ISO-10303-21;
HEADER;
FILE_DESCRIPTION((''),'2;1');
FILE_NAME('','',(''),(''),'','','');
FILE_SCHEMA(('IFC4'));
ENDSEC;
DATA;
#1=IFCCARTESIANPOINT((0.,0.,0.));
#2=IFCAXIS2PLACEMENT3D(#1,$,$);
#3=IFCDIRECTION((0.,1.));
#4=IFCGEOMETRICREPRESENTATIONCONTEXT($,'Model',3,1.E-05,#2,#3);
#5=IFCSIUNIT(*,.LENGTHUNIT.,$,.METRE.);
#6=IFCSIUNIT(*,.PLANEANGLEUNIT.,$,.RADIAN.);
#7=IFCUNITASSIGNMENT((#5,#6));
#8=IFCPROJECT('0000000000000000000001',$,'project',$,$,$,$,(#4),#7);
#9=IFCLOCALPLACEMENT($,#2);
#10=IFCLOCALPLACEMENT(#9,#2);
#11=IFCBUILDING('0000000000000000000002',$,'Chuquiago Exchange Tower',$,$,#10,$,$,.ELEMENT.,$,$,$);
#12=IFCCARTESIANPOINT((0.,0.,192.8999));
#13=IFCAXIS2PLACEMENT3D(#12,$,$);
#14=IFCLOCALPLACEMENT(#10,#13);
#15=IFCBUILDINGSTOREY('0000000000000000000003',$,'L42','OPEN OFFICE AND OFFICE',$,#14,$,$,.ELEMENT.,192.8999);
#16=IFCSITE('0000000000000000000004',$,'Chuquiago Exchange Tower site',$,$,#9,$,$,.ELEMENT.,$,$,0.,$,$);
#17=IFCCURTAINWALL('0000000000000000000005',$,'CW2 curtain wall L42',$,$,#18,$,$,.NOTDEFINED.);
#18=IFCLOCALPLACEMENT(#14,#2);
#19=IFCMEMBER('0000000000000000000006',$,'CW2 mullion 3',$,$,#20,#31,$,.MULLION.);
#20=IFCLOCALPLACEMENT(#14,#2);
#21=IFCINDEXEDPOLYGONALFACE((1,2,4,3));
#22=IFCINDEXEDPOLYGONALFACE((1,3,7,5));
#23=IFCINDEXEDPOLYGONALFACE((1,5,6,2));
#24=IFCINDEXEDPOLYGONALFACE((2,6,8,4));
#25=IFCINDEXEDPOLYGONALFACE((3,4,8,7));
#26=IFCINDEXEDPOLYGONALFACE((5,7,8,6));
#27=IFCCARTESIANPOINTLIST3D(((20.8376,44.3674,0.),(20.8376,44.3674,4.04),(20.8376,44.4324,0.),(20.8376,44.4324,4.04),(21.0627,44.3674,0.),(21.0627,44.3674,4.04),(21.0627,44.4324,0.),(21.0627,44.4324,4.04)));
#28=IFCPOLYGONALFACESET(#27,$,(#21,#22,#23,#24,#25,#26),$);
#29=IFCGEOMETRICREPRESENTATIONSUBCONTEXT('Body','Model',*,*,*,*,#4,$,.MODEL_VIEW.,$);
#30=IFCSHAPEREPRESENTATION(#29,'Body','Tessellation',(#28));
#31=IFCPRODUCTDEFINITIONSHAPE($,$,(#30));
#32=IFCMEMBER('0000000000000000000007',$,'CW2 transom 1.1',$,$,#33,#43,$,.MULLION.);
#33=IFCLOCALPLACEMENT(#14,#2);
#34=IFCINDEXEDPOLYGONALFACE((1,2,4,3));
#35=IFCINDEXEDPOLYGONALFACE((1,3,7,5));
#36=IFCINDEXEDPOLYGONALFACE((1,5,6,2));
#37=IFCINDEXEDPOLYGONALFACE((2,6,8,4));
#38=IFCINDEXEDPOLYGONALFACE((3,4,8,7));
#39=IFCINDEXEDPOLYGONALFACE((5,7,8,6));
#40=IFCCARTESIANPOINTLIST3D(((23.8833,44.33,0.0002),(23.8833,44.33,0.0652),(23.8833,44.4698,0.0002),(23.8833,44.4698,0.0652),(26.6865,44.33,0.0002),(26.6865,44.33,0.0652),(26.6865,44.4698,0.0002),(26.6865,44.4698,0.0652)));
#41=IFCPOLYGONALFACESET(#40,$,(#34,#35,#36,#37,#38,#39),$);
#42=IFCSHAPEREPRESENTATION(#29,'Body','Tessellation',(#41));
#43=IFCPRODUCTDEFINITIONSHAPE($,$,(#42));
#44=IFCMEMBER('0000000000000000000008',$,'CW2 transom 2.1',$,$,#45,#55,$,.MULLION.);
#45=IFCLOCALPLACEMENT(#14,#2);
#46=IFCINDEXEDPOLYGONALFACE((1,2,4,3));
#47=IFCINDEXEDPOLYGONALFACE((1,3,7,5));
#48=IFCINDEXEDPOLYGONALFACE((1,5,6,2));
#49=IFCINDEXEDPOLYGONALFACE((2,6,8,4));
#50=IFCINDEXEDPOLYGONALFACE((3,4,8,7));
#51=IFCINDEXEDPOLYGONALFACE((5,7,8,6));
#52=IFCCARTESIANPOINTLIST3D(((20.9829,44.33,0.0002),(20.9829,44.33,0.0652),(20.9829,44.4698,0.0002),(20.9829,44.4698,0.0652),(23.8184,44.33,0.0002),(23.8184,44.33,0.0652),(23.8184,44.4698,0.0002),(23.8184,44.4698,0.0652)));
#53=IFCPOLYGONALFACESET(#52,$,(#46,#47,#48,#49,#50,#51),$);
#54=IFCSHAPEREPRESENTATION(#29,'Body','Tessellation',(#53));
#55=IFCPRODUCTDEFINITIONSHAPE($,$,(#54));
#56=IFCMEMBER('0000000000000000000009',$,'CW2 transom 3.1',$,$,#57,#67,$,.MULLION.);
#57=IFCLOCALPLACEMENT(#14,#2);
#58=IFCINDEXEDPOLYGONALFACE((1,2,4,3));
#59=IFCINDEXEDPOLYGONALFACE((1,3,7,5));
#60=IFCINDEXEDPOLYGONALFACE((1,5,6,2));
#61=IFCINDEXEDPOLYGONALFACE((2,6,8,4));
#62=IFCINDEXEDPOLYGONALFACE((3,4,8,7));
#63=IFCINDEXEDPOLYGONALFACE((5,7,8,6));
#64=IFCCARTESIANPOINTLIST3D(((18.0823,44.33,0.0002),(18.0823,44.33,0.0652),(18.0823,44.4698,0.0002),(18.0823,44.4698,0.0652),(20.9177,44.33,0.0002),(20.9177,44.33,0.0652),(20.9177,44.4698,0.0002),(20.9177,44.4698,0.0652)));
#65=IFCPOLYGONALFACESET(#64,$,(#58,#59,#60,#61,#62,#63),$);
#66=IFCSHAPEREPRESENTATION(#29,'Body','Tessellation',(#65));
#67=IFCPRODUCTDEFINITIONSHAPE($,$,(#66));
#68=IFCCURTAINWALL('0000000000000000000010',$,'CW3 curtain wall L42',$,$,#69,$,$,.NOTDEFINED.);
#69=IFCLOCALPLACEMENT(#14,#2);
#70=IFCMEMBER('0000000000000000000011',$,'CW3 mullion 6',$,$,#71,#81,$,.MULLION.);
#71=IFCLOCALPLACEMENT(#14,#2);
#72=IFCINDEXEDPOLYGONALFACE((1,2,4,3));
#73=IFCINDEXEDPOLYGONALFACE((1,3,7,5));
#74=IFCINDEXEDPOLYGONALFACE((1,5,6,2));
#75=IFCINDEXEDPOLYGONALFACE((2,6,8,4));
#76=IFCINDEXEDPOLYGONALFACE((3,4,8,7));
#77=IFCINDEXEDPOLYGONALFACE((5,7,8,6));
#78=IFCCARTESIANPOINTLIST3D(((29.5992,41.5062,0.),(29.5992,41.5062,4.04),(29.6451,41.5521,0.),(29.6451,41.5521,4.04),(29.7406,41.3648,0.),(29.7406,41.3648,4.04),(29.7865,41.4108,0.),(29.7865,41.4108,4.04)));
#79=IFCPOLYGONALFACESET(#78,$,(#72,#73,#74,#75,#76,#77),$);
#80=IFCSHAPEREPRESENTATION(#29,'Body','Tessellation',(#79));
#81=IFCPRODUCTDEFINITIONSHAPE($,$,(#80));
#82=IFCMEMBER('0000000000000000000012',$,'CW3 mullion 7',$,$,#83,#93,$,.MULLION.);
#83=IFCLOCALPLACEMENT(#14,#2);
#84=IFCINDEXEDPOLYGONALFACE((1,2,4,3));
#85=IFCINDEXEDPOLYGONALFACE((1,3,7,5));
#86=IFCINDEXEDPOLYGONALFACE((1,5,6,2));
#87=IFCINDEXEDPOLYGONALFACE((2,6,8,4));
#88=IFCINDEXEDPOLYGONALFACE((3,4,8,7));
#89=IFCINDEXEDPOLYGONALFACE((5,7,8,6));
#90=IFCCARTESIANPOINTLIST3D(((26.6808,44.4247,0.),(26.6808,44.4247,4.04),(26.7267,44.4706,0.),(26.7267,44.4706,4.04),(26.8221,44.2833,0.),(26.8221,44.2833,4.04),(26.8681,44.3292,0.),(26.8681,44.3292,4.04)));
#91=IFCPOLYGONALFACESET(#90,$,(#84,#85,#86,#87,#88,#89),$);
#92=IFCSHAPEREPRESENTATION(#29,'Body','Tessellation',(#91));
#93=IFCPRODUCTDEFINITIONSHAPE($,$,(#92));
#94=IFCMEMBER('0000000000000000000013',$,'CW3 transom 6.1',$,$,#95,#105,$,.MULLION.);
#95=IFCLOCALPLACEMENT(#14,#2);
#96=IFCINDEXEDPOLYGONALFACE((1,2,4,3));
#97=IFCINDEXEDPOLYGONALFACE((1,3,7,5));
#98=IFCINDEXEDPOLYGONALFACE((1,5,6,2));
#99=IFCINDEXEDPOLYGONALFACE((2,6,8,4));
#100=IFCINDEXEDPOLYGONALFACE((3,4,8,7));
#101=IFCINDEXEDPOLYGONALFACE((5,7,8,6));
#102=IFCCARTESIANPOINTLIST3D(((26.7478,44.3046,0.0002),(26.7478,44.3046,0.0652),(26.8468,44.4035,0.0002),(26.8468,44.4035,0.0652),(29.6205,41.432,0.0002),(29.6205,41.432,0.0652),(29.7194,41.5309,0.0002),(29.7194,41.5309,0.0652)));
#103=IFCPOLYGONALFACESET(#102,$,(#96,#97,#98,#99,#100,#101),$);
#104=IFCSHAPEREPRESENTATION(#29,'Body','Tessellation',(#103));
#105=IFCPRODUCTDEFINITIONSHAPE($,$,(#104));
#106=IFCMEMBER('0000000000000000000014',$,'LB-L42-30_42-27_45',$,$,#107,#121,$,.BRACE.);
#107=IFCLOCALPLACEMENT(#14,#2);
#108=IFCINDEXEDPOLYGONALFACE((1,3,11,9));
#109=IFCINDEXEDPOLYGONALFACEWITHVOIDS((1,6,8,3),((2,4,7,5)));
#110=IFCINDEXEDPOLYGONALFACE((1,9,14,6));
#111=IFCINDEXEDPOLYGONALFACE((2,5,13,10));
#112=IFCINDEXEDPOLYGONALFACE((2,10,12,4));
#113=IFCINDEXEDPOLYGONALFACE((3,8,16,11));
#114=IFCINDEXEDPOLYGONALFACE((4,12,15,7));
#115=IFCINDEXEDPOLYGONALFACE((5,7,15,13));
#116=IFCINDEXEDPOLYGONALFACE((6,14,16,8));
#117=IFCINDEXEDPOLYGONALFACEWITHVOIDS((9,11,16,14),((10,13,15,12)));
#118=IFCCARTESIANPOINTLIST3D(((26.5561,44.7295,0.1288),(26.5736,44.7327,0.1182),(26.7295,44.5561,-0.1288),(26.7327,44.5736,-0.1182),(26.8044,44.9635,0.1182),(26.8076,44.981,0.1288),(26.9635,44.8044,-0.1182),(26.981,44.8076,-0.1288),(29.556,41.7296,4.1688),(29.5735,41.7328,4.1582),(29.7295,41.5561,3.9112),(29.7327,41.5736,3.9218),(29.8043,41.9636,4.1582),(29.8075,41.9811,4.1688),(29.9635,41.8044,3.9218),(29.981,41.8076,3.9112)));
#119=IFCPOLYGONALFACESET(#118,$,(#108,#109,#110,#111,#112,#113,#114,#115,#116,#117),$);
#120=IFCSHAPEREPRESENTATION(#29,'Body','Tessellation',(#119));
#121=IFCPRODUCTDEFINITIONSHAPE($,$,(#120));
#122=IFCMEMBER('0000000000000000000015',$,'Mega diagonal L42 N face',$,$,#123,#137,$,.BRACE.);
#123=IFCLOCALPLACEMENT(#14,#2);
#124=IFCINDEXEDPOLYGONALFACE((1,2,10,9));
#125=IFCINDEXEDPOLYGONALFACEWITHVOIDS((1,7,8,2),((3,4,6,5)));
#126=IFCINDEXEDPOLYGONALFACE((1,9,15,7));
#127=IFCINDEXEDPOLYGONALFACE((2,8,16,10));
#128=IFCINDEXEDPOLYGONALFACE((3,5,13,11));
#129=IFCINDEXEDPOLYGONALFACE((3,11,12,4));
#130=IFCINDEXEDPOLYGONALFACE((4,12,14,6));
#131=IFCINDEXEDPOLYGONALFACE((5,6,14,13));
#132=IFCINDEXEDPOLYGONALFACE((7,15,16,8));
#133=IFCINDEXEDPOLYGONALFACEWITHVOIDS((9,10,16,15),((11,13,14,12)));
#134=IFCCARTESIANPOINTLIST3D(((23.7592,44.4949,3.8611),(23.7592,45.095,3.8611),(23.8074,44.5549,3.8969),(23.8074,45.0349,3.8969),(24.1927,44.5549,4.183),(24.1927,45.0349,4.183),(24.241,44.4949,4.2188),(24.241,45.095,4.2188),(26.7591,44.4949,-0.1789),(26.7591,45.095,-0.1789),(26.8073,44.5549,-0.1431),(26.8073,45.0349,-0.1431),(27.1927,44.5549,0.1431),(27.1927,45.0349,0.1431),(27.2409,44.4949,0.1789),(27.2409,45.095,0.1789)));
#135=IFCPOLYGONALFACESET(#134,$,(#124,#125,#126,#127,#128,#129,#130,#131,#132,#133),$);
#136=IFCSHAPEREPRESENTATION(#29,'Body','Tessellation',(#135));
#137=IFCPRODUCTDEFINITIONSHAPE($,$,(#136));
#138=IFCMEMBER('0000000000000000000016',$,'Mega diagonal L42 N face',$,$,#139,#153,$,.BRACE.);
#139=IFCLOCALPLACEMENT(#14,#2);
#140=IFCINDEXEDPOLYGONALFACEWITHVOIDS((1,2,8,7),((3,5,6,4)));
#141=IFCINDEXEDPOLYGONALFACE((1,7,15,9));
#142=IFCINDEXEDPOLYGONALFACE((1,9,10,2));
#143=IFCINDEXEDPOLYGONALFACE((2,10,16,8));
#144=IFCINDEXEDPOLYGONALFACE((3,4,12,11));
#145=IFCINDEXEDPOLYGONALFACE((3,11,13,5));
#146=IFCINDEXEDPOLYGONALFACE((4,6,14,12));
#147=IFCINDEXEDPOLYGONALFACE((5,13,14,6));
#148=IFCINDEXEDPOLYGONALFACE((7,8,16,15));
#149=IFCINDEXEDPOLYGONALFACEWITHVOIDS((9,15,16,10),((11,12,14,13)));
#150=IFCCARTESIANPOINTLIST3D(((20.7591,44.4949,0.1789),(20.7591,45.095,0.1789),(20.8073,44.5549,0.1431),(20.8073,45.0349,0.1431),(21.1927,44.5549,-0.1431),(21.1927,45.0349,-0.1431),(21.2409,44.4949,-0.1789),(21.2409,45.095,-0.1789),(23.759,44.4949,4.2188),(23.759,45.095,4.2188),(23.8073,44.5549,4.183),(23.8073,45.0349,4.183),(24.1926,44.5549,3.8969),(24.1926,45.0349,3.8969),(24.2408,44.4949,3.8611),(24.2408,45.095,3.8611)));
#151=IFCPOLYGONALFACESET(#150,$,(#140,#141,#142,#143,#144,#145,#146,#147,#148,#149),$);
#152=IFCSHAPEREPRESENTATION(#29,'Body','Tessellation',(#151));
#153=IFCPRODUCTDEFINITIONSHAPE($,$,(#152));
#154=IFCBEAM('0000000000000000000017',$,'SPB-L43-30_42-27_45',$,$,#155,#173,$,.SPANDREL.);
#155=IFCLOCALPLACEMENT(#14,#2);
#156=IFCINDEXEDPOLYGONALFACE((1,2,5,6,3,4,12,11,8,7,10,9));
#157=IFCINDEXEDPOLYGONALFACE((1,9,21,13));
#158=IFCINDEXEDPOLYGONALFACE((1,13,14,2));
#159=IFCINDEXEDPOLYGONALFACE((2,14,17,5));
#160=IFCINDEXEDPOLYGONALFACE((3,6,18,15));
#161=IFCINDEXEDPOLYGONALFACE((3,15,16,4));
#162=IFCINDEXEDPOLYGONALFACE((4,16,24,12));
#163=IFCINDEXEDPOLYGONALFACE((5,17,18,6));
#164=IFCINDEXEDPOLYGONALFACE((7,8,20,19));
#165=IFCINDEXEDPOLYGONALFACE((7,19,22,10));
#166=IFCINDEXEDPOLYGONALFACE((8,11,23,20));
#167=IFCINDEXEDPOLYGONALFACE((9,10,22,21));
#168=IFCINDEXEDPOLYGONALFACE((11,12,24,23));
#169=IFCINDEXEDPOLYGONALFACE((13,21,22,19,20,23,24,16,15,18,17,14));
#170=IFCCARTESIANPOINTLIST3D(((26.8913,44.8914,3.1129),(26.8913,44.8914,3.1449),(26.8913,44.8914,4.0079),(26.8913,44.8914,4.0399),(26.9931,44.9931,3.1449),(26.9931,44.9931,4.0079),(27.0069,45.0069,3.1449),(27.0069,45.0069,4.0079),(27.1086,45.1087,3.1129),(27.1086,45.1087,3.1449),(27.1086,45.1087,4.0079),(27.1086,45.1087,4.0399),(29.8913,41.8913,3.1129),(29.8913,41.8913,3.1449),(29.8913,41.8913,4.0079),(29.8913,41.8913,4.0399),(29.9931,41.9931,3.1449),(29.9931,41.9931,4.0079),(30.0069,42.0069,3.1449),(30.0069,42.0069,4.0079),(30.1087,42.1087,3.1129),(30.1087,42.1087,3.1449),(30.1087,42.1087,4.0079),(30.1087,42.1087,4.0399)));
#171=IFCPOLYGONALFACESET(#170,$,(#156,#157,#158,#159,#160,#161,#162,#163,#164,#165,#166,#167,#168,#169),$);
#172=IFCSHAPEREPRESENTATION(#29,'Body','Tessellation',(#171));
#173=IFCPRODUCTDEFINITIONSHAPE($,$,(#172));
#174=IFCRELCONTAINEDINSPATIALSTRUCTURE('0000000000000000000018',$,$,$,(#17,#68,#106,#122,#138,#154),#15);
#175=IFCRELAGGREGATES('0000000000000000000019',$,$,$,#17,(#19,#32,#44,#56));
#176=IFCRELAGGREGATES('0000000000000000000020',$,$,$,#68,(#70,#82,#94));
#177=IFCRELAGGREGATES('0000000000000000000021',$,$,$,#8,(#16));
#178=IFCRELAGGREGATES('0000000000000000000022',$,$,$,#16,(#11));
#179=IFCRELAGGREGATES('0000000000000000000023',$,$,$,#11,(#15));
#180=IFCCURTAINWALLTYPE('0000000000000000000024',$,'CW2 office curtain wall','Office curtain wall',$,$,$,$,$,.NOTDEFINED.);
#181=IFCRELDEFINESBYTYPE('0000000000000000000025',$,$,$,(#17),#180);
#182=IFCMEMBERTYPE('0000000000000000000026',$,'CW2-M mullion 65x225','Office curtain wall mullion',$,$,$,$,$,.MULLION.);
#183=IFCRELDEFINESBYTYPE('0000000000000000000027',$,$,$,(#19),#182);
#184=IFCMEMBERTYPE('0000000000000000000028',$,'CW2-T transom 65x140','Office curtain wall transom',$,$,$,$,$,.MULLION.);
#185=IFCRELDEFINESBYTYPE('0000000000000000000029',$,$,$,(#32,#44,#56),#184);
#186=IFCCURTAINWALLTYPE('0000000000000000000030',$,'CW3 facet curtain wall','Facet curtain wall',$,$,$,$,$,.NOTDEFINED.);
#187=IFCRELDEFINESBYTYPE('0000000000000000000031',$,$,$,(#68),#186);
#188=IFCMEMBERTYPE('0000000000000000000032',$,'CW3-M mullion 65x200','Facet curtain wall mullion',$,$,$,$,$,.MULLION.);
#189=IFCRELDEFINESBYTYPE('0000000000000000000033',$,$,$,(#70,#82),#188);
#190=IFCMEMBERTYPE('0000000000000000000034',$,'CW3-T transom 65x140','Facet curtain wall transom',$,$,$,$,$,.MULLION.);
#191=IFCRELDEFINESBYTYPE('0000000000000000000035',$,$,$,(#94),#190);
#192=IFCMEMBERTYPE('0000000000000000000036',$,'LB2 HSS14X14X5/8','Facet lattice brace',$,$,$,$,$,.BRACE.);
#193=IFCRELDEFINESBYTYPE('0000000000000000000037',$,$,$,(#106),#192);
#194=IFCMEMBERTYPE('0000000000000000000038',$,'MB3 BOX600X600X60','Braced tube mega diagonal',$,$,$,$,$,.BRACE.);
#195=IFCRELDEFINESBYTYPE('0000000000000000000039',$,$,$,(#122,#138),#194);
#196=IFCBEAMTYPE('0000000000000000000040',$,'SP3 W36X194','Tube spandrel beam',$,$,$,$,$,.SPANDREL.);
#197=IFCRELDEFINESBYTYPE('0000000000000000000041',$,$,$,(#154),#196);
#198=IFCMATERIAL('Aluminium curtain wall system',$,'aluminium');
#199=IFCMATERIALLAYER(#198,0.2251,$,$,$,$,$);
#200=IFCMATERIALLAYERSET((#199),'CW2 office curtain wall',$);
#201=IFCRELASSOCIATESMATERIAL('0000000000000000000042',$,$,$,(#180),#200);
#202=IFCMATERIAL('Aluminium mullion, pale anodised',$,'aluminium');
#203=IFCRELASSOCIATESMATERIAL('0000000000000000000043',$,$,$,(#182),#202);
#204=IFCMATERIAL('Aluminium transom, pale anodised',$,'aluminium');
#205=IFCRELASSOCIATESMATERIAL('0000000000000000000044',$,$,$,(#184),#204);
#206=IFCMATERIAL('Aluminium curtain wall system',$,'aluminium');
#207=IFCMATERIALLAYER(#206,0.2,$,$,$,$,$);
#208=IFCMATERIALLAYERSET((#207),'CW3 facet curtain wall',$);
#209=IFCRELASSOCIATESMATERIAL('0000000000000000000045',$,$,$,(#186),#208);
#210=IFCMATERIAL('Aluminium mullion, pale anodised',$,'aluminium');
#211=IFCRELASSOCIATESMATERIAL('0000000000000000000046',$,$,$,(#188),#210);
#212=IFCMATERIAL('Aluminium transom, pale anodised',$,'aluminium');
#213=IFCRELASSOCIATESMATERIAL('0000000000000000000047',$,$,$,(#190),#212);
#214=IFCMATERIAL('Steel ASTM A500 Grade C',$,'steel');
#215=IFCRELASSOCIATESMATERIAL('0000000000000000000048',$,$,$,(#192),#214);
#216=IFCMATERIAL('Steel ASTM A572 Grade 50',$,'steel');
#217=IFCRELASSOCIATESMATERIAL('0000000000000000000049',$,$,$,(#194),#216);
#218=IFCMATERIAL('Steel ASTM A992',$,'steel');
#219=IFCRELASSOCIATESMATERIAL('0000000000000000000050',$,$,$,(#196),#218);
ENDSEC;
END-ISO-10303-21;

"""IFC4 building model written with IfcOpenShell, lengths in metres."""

from ifc_helpers import new_model, si_unit, direction, frame, origin, origin_2d, place, context, subcontext, project, spatial, rectangle, hollow_rectangle, i_section, extrude, material, layer, layer_set, material_profile, profile_set, type_object, element, aggregate, save


model = new_model("IFC4")

# Units and contexts
model_context = context("Model", 3, precision=1e-05, world=origin(), true_north=direction((0.0, 1.0)))
body_context = subcontext(model_context, "Body", "Model", "MODEL_VIEW")
ifc_project = project(units=[si_unit("LENGTHUNIT", "METRE"), si_unit("PLANEANGLEUNIT", "RADIAN")], contexts=[model_context])

# Site, building, storey
site_placement = place(None, origin())
site = spatial("IfcSite", under=ifc_project, at=site_placement, Name="Chuquiago Exchange Tower site", CompositionType="ELEMENT", RefElevation=0.0)
building_placement = place(site_placement, origin())
building = spatial("IfcBuilding", under=site, at=building_placement, Name="Chuquiago Exchange Tower", CompositionType="ELEMENT")
storey_placement = place(building_placement, frame((0.0, 0.0, 192.8999)))
storey = spatial("IfcBuildingStorey", under=building, at=storey_placement, Name="L42", Description="OPEN OFFICE AND OFFICE", CompositionType="ELEMENT", Elevation=192.8999)

# Curtain walls, members
ifc_material_1 = material(Name="Aluminium curtain wall system", Category="aluminium")
ifc_layer_1 = layer(ifc_material_1, 0.2251)
ifc_layer_set_1 = layer_set([ifc_layer_1], Name="CW2 office curtain wall")
curtain_wall_type_1 = type_object("IfcCurtainWallType", Name="CW2 office curtain wall", Description="Office curtain wall", PredefinedType="NOTDEFINED", material=ifc_layer_set_1)
curtain_wall_1_placement = place(storey_placement, origin())
curtain_wall_1 = element("IfcCurtainWall", 1, at=curtain_wall_1_placement, inside=storey, type_object=curtain_wall_type_1, Name="CW2 curtain wall L42", PredefinedType="NOTDEFINED")
ifc_material_2 = material(Name="Aluminium mullion, pale anodised", Category="aluminium")
ifc_material_profile_1 = material_profile(ifc_material_2, rectangle(XDim=0.0649, YDim=0.2251, at=origin_2d()), Name="AL 65x225")
ifc_profile_set_1 = profile_set([ifc_material_profile_1], Name="Aluminium mullion, pale anodised")
member_type_1 = type_object("IfcMemberType", Name="CW2-M mullion 65x225", Description="Office curtain wall mullion", PredefinedType="MULLION", material=ifc_profile_set_1)
member_1_placement = place(storey_placement, frame((20.9502, 44.3999, 0.0), z_axis=(0.0, 0.0, 1.0), x_axis=(0.0, -1.0, 0.0)))
member_1 = element("IfcMember", 2, at=member_1_placement, type_object=member_type_1, Name="CW2 mullion 3", PredefinedType="MULLION", context=body_context, shape_type="SweptSolid", body=[
    extrude(rectangle(XDim=0.0649, YDim=0.2251, at=origin_2d()), origin(), (0.0, 0.0, 1.0), 4.04),
])
ifc_material_3 = material(Name="Aluminium transom, pale anodised", Category="aluminium")
ifc_material_profile_2 = material_profile(ifc_material_3, rectangle(XDim=0.1399, YDim=0.0649, at=origin_2d()), Name="AL 140x65")
ifc_profile_set_2 = profile_set([ifc_material_profile_2], Name="Aluminium transom, pale anodised")
member_type_2 = type_object("IfcMemberType", Name="CW2-T transom 65x140", Description="Office curtain wall transom", PredefinedType="MULLION", material=ifc_profile_set_2)
member_2_placement = place(storey_placement, frame((26.6865, 44.3999, 0.0327), z_axis=(-1.0, 0.0, 0.0), x_axis=(0.0, -1.0, 0.0)))
member_2 = element("IfcMember", 3, at=member_2_placement, type_object=member_type_2, Name="CW2 transom 1.1", PredefinedType="MULLION", context=body_context, shape_type="SweptSolid", body=[
    extrude(rectangle(XDim=0.1399, YDim=0.0649, at=origin_2d()), origin(), (0.0, 0.0, 1.0), 2.8032),
])
member_3_placement = place(storey_placement, frame((23.8184, 44.3999, 0.0327), z_axis=(-1.0, 0.0, 0.0), x_axis=(0.0, -1.0, 0.0)))
member_3 = element("IfcMember", 4, at=member_3_placement, type_object=member_type_2, Name="CW2 transom 2.1", PredefinedType="MULLION", context=body_context, shape_type="SweptSolid", body=[
    extrude(rectangle(XDim=0.1399, YDim=0.0649, at=origin_2d()), origin(), (0.0, 0.0, 1.0), 2.8354),
])
member_4_placement = place(storey_placement, frame((20.9177, 44.3999, 0.0327), z_axis=(-1.0, 0.0, 0.0), x_axis=(0.0, -1.0, 0.0)))
member_4 = element("IfcMember", 5, at=member_4_placement, type_object=member_type_2, Name="CW2 transom 3.1", PredefinedType="MULLION", context=body_context, shape_type="SweptSolid", body=[
    extrude(rectangle(XDim=0.1399, YDim=0.0649, at=origin_2d()), origin(), (0.0, 0.0, 1.0), 2.8354),
])
ifc_material_4 = material(Name="Aluminium curtain wall system", Category="aluminium")
ifc_layer_2 = layer(ifc_material_4, 0.2)
ifc_layer_set_2 = layer_set([ifc_layer_2], Name="CW3 facet curtain wall")
curtain_wall_type_2 = type_object("IfcCurtainWallType", Name="CW3 facet curtain wall", Description="Facet curtain wall", PredefinedType="NOTDEFINED", material=ifc_layer_set_2)
curtain_wall_2_placement = place(storey_placement, origin())
curtain_wall_2 = element("IfcCurtainWall", 6, at=curtain_wall_2_placement, inside=storey, type_object=curtain_wall_type_2, Name="CW3 curtain wall L42", PredefinedType="NOTDEFINED")
ifc_material_5 = material(Name="Aluminium mullion, pale anodised", Category="aluminium")
ifc_material_profile_3 = material_profile(ifc_material_5, rectangle(XDim=0.0649, YDim=0.2, at=origin_2d()), Name="AL 65x200")
ifc_profile_set_3 = profile_set([ifc_material_profile_3], Name="Aluminium mullion, pale anodised")
member_type_3 = type_object("IfcMemberType", Name="CW3-M mullion 65x200", Description="Facet curtain wall mullion", PredefinedType="MULLION", material=ifc_profile_set_3)
member_5_placement = place(storey_placement, frame((29.6929, 41.4585, 0.0), z_axis=(0.0, 0.0, 1.0), x_axis=(-0.707107, -0.707107, 0.0)))
member_5 = element("IfcMember", 7, at=member_5_placement, type_object=member_type_3, Name="CW3 mullion 6", PredefinedType="MULLION", context=body_context, shape_type="SweptSolid", body=[
    extrude(rectangle(XDim=0.0649, YDim=0.2, at=origin_2d()), origin(), (0.0, 0.0, 1.0), 4.04),
])
member_6_placement = place(storey_placement, frame((26.7744, 44.377, 0.0), z_axis=(0.0, 0.0, 1.0), x_axis=(-0.707107, -0.707107, 0.0)))
member_6 = element("IfcMember", 8, at=member_6_placement, type_object=member_type_3, Name="CW3 mullion 7", PredefinedType="MULLION", context=body_context, shape_type="SweptSolid", body=[
    extrude(rectangle(XDim=0.0649, YDim=0.2, at=origin_2d()), origin(), (0.0, 0.0, 1.0), 4.04),
])
ifc_material_6 = material(Name="Aluminium transom, pale anodised", Category="aluminium")
ifc_material_profile_4 = material_profile(ifc_material_6, rectangle(XDim=0.1399, YDim=0.0649, at=origin_2d()), Name="AL 140x65")
ifc_profile_set_4 = profile_set([ifc_material_profile_4], Name="Aluminium transom, pale anodised")
member_type_4 = type_object("IfcMemberType", Name="CW3-T transom 65x140", Description="Facet curtain wall transom", PredefinedType="MULLION", material=ifc_profile_set_4)
member_7_placement = place(storey_placement, frame((29.6699, 41.4814, 0.0327), z_axis=(-0.707107, 0.707107, 0.0), x_axis=(-0.707107, -0.707107, 0.0)))
member_7 = element("IfcMember", 9, at=member_7_placement, type_object=member_type_4, Name="CW3 transom 6.1", PredefinedType="MULLION", context=body_context, shape_type="SweptSolid", body=[
    extrude(rectangle(XDim=0.1399, YDim=0.0649, at=origin_2d()), origin(), (0.0, 0.0, 1.0), 4.0625),
])

# Members
ifc_material_7 = material(Name="Steel ASTM A500 Grade C", Category="steel")
ifc_material_profile_5 = material_profile(ifc_material_7, hollow_rectangle(XDim=0.3557, YDim=0.3557, WallThickness=0.0146, at=origin_2d()), Name="HSS14X14X5/8")
ifc_profile_set_5 = profile_set([ifc_material_profile_5], Name="Steel ASTM A500 Grade C")
member_type_5 = type_object("IfcMemberType", Name="LB2 HSS14X14X5/8", Description="Facet lattice brace", PredefinedType="BRACE", material=ifc_profile_set_5)
member_8_placement = place(storey_placement, frame((26.7686, 44.7686, 0.0), z_axis=(0.512077, -0.512077, 0.689604), x_axis=(0.707107, 0.707107, 0.0)))
element("IfcMember", 10, at=member_8_placement, inside=storey, type_object=member_type_5, Name="LB-L42-30_42-27_45", PredefinedType="BRACE", context=body_context, shape_type="SweptSolid", body=[
    extrude(hollow_rectangle(XDim=0.3557, YDim=0.3557, WallThickness=0.0146, at=origin_2d()), origin(), (0.0, 0.0, 1.0), 5.8584),
])
ifc_material_8 = material(Name="Steel ASTM A572 Grade 50", Category="steel")
ifc_material_profile_6 = material_profile(ifc_material_8, hollow_rectangle(XDim=0.6001, YDim=0.6001, WallThickness=0.0601, at=origin_2d()), Name="BOX600X600X60")
ifc_profile_set_6 = profile_set([ifc_material_profile_6], Name="Steel ASTM A572 Grade 50")
member_type_6 = type_object("IfcMemberType", Name="MB3 BOX600X600X60", Description="Braced tube mega diagonal", PredefinedType="BRACE", material=ifc_profile_set_6)
for number, where, z_axis, x_axis, name in (
    (11, (27.0, 44.7949, 0.0), (-0.596174, 0.0, 0.802855), (0.0, -1.0, 0.0), "Mega diagonal L42 N face"),
    (12, (21.0, 44.7949, 0.0), (0.596174, 0.0, 0.802855), (0.0, 1.0, 0.0), "Mega diagonal L42 N face"),
):
    element("IfcMember", number, at=place(storey_placement, frame(where, z_axis=z_axis, x_axis=x_axis)), inside=storey, type_object=member_type_6, Name=name, PredefinedType="BRACE", context=body_context, shape_type="SweptSolid", body=[
        extrude(hollow_rectangle(XDim=0.6001, YDim=0.6001, WallThickness=0.0601, at=origin_2d()), origin(), (0.0, 0.0, 1.0), 5.032),
    ])

# Beam
ifc_material_9 = material(Name="Steel ASTM A992", Category="steel")
ifc_material_profile_7 = material_profile(ifc_material_9, i_section(OverallWidth=0.3074, OverallDepth=0.927, WebThickness=0.0195, FlangeThickness=0.032, at=origin_2d()), Name="W36X194")
ifc_profile_set_7 = profile_set([ifc_material_profile_7], Name="Steel ASTM A992")
beam_type_1 = type_object("IfcBeamType", Name="SP3 W36X194", Description="Tube spandrel beam", PredefinedType="SPANDREL", material=ifc_profile_set_7)
beam_1_placement = place(storey_placement, frame((30.0, 42.0, 3.5764), z_axis=(-0.707107, 0.707107, 0.0), x_axis=(-0.707107, -0.707107, 0.0)))
element("IfcBeam", 13, at=beam_1_placement, inside=storey, type_object=beam_type_1, Name="SPB-L43-30_42-27_45", PredefinedType="SPANDREL", context=body_context, shape_type="SweptSolid", body=[
    extrude(i_section(OverallWidth=0.3074, OverallDepth=0.927, WebThickness=0.0195, FlangeThickness=0.032, at=origin_2d()), origin(), (0.0, 0.0, 1.0), 4.2427),
])

aggregate(curtain_wall_1, [member_1, member_2, member_3, member_4])
aggregate(curtain_wall_2, [member_5, member_6, member_7])

save(model, "model.ifc")
